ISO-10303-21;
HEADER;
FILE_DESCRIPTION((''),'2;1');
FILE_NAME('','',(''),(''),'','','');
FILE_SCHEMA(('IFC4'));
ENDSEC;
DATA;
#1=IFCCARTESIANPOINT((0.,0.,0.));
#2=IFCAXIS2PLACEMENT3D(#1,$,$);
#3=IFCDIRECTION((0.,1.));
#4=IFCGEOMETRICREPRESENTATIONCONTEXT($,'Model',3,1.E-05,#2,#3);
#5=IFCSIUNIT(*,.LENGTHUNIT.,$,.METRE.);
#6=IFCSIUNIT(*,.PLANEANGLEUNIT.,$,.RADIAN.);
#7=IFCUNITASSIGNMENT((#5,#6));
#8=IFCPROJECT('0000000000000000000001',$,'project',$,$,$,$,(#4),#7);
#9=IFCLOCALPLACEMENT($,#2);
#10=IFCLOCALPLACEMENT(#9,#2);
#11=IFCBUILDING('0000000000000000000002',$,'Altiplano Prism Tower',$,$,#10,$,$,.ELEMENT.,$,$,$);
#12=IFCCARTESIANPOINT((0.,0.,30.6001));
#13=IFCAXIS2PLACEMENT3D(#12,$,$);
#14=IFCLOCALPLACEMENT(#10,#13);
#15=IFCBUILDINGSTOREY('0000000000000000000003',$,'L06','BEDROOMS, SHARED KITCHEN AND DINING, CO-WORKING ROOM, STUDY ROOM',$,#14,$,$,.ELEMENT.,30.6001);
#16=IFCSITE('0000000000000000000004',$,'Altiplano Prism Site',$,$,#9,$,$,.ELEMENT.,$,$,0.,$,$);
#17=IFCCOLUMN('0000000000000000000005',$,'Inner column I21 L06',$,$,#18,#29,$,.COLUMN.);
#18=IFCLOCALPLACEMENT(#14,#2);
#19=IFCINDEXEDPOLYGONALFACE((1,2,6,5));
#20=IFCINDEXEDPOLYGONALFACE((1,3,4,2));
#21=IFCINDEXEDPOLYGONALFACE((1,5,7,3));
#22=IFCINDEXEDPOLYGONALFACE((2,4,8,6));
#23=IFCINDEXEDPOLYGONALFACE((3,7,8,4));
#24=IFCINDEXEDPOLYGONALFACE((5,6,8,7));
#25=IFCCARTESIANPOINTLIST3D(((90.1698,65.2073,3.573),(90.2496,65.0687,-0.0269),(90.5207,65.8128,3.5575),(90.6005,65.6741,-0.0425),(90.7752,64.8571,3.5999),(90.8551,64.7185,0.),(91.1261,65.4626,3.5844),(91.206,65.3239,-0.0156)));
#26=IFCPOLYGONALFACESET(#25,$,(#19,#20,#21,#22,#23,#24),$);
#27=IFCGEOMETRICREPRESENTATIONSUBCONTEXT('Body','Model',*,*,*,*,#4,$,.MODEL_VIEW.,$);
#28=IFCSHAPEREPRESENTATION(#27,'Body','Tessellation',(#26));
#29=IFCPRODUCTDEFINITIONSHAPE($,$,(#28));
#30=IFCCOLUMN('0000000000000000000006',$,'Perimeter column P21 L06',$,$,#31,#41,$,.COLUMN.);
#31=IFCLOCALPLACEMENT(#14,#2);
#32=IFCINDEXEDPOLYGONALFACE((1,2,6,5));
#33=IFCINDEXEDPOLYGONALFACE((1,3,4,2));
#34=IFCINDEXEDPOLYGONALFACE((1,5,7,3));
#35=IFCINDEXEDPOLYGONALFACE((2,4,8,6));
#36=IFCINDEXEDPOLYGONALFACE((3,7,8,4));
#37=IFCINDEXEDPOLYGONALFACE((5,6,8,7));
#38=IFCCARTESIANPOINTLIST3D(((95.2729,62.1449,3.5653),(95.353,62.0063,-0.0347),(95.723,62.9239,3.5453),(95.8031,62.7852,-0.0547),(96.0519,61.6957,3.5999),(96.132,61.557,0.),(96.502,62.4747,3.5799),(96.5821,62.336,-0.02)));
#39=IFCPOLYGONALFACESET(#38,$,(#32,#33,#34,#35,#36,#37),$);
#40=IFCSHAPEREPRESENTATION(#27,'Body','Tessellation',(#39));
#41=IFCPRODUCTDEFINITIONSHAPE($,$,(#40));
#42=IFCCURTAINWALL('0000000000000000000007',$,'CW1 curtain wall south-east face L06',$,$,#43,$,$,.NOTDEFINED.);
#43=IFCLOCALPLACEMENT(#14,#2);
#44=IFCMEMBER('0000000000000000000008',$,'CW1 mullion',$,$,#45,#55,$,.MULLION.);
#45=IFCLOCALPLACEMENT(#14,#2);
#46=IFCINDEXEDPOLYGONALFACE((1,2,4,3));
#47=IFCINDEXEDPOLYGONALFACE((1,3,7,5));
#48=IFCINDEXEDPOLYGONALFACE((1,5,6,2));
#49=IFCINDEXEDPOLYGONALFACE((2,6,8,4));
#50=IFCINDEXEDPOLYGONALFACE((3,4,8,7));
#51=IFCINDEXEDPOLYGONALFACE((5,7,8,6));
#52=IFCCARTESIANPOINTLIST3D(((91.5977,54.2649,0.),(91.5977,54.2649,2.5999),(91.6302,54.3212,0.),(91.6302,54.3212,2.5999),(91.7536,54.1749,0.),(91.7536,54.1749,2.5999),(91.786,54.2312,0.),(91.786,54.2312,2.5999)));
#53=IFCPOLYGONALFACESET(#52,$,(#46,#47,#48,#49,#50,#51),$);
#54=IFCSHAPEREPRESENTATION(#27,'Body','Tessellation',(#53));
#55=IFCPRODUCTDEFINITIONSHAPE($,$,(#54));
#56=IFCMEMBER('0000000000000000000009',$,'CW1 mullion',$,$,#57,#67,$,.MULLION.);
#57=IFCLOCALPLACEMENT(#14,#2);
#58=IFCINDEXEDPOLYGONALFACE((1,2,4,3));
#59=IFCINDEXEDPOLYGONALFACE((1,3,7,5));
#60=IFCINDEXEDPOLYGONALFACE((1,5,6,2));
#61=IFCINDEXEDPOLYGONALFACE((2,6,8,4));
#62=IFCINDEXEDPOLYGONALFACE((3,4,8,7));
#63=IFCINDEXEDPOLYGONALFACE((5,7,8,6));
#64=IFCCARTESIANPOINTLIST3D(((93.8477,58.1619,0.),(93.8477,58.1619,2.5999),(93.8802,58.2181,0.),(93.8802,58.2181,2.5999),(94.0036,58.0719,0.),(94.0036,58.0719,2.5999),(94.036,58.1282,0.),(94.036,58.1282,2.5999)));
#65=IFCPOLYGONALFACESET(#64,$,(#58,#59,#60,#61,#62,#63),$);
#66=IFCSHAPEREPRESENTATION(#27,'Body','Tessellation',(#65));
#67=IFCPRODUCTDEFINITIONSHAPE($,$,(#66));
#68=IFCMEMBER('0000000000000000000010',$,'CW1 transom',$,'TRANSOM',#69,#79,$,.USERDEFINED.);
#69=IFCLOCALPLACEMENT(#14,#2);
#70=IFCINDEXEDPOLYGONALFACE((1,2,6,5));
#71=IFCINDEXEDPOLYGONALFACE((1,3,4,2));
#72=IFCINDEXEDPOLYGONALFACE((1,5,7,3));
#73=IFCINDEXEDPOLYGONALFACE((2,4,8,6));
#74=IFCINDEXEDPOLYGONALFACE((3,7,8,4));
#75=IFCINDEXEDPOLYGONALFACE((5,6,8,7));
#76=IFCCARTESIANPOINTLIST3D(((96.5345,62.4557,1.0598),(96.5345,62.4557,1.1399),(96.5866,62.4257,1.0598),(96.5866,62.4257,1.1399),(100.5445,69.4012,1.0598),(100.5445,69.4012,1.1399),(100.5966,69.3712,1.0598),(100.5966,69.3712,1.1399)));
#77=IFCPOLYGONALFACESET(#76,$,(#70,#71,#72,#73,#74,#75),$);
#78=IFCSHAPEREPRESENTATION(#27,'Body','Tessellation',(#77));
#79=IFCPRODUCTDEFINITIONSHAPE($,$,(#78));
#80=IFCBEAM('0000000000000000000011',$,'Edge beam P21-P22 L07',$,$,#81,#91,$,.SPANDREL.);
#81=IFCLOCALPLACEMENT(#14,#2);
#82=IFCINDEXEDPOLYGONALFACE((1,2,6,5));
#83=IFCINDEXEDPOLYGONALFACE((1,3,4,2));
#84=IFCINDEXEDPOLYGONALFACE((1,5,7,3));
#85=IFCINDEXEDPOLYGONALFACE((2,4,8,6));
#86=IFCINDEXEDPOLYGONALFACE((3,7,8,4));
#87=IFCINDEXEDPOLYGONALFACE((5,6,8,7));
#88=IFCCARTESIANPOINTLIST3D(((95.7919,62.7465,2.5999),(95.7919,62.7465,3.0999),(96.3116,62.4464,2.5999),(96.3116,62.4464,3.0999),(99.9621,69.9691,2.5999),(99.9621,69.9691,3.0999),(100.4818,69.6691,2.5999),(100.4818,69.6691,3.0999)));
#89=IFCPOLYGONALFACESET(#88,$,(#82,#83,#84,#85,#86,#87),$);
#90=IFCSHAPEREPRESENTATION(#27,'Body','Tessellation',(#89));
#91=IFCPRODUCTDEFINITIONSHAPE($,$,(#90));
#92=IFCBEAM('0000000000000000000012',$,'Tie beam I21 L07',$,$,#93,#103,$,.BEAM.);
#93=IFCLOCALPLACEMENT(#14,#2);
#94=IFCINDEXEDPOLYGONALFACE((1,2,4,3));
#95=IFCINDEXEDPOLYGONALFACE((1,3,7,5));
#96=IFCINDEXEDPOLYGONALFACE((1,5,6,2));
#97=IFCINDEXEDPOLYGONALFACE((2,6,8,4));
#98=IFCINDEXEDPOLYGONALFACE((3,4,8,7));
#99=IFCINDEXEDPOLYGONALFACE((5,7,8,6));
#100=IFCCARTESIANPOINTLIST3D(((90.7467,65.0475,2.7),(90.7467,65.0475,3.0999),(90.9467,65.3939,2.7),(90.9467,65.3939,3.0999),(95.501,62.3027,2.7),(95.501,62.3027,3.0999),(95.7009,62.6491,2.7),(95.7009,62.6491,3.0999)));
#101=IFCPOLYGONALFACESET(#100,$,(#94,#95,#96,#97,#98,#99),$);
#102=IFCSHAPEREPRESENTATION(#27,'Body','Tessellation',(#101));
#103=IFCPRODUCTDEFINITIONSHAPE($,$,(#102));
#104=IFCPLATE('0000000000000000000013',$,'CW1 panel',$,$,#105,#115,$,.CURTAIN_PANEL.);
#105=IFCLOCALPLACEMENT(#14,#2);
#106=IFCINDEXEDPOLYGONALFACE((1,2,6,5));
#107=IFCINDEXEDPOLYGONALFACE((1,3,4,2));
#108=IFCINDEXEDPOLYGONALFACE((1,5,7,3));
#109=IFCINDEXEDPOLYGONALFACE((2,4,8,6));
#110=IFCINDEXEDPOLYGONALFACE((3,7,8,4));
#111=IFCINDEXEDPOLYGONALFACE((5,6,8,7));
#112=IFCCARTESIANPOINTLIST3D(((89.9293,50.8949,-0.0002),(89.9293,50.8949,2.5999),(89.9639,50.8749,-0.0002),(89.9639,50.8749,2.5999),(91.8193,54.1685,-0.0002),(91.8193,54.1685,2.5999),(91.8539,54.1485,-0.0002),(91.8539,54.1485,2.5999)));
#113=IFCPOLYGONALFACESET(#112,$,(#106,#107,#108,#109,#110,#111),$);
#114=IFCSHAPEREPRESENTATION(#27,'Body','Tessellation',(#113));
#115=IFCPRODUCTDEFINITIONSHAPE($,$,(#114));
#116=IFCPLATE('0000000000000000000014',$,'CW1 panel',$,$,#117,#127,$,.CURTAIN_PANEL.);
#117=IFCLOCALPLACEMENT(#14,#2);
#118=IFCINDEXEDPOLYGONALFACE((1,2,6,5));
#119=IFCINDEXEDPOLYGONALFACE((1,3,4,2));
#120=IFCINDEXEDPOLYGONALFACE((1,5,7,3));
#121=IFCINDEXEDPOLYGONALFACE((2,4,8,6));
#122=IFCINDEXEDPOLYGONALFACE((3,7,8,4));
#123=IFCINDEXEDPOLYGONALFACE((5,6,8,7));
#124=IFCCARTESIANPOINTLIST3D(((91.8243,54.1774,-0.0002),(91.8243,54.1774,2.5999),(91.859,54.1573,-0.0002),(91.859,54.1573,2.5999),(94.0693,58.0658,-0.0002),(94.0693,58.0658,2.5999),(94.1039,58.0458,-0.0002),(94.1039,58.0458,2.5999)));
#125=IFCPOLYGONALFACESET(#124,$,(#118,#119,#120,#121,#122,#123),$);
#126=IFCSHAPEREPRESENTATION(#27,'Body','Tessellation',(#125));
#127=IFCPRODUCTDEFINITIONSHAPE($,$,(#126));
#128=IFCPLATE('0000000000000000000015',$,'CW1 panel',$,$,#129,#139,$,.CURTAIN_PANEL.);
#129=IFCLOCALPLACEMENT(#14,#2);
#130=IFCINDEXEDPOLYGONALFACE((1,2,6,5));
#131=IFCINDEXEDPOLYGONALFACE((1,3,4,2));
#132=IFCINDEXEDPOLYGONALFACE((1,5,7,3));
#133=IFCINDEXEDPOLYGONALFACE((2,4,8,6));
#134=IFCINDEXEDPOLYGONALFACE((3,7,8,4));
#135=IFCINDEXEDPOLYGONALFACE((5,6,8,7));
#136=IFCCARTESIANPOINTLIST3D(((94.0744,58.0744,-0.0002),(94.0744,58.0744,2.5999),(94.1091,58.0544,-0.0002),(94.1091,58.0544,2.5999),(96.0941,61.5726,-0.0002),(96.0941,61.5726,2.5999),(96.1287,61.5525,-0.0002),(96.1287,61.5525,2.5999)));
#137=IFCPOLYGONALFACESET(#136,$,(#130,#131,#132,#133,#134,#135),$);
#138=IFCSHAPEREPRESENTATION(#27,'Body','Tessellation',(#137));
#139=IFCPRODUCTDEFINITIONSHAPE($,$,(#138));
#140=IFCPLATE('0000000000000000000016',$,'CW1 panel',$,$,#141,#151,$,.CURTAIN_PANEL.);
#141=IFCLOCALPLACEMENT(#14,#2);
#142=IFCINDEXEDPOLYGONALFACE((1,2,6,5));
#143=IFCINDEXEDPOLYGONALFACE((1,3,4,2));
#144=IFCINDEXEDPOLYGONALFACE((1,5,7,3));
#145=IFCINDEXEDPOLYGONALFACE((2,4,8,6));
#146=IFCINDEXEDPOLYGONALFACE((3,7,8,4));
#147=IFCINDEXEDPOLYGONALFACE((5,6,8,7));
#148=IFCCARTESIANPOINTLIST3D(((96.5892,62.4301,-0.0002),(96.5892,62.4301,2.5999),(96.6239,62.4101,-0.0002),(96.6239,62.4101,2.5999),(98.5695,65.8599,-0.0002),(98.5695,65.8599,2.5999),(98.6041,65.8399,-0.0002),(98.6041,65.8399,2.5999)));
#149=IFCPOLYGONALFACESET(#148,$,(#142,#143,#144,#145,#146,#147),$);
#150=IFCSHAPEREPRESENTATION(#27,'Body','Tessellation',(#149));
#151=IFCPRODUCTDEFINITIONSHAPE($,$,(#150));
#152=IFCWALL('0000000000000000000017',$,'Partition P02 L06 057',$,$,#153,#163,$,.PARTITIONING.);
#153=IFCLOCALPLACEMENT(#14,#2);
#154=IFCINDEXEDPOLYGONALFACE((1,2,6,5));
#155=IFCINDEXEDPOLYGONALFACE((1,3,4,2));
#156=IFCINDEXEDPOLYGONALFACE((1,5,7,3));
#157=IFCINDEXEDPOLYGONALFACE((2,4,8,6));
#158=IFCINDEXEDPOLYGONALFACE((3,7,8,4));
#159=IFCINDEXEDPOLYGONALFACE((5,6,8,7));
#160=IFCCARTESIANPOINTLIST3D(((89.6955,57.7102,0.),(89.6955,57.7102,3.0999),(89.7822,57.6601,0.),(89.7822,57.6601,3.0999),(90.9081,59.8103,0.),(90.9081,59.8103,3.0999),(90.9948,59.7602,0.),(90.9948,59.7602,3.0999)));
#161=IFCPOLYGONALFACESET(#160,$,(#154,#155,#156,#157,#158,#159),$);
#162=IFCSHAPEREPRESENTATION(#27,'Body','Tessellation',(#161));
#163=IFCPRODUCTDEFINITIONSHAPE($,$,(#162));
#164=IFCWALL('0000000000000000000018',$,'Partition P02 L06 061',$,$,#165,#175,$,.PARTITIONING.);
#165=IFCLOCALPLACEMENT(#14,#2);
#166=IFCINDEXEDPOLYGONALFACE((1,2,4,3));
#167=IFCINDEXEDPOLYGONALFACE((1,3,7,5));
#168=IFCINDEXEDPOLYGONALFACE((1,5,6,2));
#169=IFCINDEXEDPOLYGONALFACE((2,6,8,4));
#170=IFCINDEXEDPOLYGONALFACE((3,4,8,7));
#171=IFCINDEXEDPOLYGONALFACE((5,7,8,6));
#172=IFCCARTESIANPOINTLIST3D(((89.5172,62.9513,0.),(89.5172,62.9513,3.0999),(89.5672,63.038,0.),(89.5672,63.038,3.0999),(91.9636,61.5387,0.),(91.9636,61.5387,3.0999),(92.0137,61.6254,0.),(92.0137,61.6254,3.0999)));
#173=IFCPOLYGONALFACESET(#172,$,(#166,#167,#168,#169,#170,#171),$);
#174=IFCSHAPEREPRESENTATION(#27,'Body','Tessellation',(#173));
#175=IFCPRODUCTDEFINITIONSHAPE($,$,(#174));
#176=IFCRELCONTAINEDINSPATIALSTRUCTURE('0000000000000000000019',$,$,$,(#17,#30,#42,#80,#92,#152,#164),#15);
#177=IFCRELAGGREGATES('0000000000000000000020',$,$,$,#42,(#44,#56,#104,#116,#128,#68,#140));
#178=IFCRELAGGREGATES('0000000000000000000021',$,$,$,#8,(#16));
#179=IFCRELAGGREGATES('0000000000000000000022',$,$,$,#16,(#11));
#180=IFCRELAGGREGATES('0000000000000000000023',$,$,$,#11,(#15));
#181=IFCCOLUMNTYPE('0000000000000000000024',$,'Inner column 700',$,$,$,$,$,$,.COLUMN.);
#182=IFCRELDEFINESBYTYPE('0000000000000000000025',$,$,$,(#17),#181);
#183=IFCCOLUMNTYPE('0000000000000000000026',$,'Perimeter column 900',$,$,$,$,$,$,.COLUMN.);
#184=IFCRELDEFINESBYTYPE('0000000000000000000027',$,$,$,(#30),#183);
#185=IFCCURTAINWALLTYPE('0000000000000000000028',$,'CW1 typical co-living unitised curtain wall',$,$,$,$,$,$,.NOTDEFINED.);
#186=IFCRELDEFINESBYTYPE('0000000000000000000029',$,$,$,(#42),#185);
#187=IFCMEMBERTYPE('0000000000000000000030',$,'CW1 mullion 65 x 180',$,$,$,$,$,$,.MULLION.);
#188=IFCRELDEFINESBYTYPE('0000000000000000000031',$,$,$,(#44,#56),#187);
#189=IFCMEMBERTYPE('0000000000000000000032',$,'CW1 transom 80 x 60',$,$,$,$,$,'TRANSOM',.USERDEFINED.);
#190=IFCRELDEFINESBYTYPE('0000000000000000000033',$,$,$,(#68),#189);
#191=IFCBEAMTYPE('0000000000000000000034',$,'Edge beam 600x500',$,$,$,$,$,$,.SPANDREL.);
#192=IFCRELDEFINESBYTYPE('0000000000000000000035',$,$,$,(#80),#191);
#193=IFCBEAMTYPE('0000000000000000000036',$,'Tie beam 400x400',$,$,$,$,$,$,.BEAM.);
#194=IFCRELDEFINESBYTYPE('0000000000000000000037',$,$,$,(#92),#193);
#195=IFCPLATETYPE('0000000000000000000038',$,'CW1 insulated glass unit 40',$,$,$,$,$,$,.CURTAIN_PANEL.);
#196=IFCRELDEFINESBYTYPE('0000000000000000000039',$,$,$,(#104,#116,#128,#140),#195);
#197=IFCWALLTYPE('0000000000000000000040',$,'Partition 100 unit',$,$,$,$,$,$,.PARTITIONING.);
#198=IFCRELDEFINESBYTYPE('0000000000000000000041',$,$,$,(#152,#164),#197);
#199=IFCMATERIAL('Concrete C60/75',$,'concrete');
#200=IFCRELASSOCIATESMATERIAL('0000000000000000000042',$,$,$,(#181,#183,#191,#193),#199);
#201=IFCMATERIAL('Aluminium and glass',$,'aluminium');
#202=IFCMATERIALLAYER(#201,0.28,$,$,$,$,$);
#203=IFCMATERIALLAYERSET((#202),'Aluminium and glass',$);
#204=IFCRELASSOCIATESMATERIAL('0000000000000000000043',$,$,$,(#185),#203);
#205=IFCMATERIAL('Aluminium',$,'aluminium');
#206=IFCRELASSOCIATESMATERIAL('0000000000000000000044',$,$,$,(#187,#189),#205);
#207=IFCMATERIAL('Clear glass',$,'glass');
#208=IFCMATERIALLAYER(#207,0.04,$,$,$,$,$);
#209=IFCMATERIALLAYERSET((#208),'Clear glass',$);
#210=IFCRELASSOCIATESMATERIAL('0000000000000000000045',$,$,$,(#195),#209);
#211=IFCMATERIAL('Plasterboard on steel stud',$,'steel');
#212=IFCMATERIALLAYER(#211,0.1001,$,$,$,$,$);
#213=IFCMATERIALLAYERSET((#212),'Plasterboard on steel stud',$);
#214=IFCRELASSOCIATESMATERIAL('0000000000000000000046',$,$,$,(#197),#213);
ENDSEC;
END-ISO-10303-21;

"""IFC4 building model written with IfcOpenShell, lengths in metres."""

from ifc_helpers import new_model, si_unit, direction, frame, frame_2d, origin, origin_2d, place, context, subcontext, project, spatial, rectangle, extrude, material, layer, layer_set, material_profile, profile_set, type_object, element, aggregate, save


model = new_model("IFC4")

# Units and contexts
model_context = context("Model", 3, precision=1e-05, world=origin(), true_north=direction((0.0, 1.0)))
body_context = subcontext(model_context, "Body", "Model", "MODEL_VIEW")
ifc_project = project(units=[si_unit("LENGTHUNIT", "METRE"), si_unit("PLANEANGLEUNIT", "RADIAN")], contexts=[model_context])

# Site, building, storey
site_placement = place(None, origin())
site = spatial("IfcSite", under=ifc_project, at=site_placement, Name="Altiplano Prism Site", CompositionType="ELEMENT", RefElevation=0.0)
building_placement = place(site_placement, origin())
building = spatial("IfcBuilding", under=site, at=building_placement, Name="Altiplano Prism Tower", CompositionType="ELEMENT")
storey_placement = place(building_placement, frame((0.0, 0.0, 30.6001)))
storey = spatial("IfcBuildingStorey", under=building, at=storey_placement, Name="L06", Description="BEDROOMS, SHARED KITCHEN AND DINING, CO-WORKING ROOM, STUDY ROOM", CompositionType="ELEMENT", Elevation=30.6001)

# Columns
ifc_material_1 = material(Name="Concrete C60/75", Category="concrete")
ifc_material_profile_1 = material_profile(ifc_material_1, rectangle(XDim=0.7, YDim=0.7, at=origin_2d()), Name="Inner column 700")
ifc_profile_set_1 = profile_set([ifc_material_profile_1], Name="Concrete C60/75")
column_type_1 = type_object("IfcColumnType", Name="Inner column 700", PredefinedType="COLUMN", material=ifc_profile_set_1)
column_1_placement = place(storey_placement, frame((90.7278, 65.1963, -0.0212), z_axis=(-0.022155, 0.038484, 0.999014), x_axis=(-0.501318, -0.864978, 0.022203)))
element("IfcColumn", 1, at=column_1_placement, inside=storey, type_object=column_type_1, Name="Inner column I21 L06", PredefinedType="COLUMN", context=body_context, shape_type="SweptSolid", body=[
    extrude(rectangle(XDim=0.7, YDim=0.7, at=origin_2d()), origin(), (0.0, 0.0, 1.0), 3.6035),
])
ifc_material_profile_2 = material_profile(ifc_material_1, rectangle(XDim=0.8999, YDim=0.8999, at=origin_2d()), Name="Perimeter column 900")
ifc_profile_set_2 = profile_set([ifc_material_profile_2], Name="Concrete C60/75")
column_type_2 = type_object("IfcColumnType", Name="Perimeter column 900", PredefinedType="COLUMN", material=ifc_profile_set_2)
column_2_placement = place(storey_placement, frame((95.9675, 62.1711, -0.0273), z_axis=(-0.022223, 0.038483, 0.999012), x_axis=(-0.500175, -0.865639, 0.022219)))
element("IfcColumn", 2, at=column_2_placement, inside=storey, type_object=column_type_2, Name="Perimeter column P21 L06", PredefinedType="COLUMN", context=body_context, shape_type="SweptSolid", body=[
    extrude(rectangle(XDim=0.8999, YDim=0.8999, at=origin_2d()), origin(), (0.0, 0.0, 1.0), 3.6035),
])

# Curtain wall, members
ifc_material_2 = material(Name="Aluminium and glass", Category="aluminium")
ifc_layer_1 = layer(ifc_material_2, 0.28)
ifc_layer_set_1 = layer_set([ifc_layer_1], Name="Aluminium and glass")
curtain_wall_type = type_object("IfcCurtainWallType", Name="CW1 typical co-living unitised curtain wall", PredefinedType="NOTDEFINED", material=ifc_layer_set_1)
curtain_wall_placement = place(storey_placement, origin())
curtain_wall = element("IfcCurtainWall", 3, at=curtain_wall_placement, inside=storey, type_object=curtain_wall_type, Name="CW1 curtain wall south-east face L06", PredefinedType="NOTDEFINED")
ifc_material_3 = material(Name="Aluminium", Category="aluminium")
ifc_material_profile_3 = material_profile(ifc_material_3, rectangle(XDim=0.1799, YDim=0.0649, at=origin_2d()), Name="CW1 mullion 65 x 180")
ifc_profile_set_3 = profile_set([ifc_material_profile_3], Name="Aluminium")
member_type_1 = type_object("IfcMemberType", Name="CW1 mullion 65 x 180", PredefinedType="MULLION", material=ifc_profile_set_3)
member_1_placement = place(storey_placement, frame((91.6919, 54.248, 0.0), z_axis=(0.0, 0.0, 1.0), x_axis=(-0.866025, 0.5, 0.0)))
member_1 = element("IfcMember", 4, at=member_1_placement, type_object=member_type_1, Name="CW1 mullion", PredefinedType="MULLION", context=body_context, shape_type="SweptSolid", body=[
    extrude(rectangle(XDim=0.1799, YDim=0.0649, at=origin_2d()), origin(), (0.0, 0.0, 1.0), 2.5999),
])
member_2_placement = place(storey_placement, frame((93.9419, 58.145, 0.0), z_axis=(0.0, 0.0, 1.0), x_axis=(-0.866025, 0.5, 0.0)))
member_2 = element("IfcMember", 5, at=member_2_placement, type_object=member_type_1, Name="CW1 mullion", PredefinedType="MULLION", context=body_context, shape_type="SweptSolid", body=[
    extrude(rectangle(XDim=0.1799, YDim=0.0649, at=origin_2d()), origin(), (0.0, 0.0, 1.0), 2.5999),
])
ifc_material_profile_4 = material_profile(ifc_material_3, rectangle(XDim=0.0601, YDim=0.0801, at=origin_2d()), Name="CW1 transom 80 x 60")
ifc_profile_set_4 = profile_set([ifc_material_profile_4], Name="Aluminium")
member_type_2 = type_object("IfcMemberType", Name="CW1 transom 80 x 60", ElementType="TRANSOM", PredefinedType="USERDEFINED", material=ifc_profile_set_4)
member_3_placement = place(storey_placement, frame((96.5605, 62.4407, 1.0999), z_axis=(0.499999, 0.866026, 0.0), x_axis=(-0.866026, 0.499999, 0.0)))
member_3 = element("IfcMember", 6, at=member_3_placement, type_object=member_type_2, Name="CW1 transom", ObjectType="TRANSOM", PredefinedType="USERDEFINED", context=body_context, shape_type="SweptSolid", body=[
    extrude(rectangle(XDim=0.0601, YDim=0.0801, at=origin_2d()), origin(), (0.0, 0.0, 1.0), 8.02),
])

# Beams
ifc_material_profile_5 = material_profile(ifc_material_1, rectangle(XDim=0.6001, YDim=0.5, at=origin_2d()), Name="Edge beam 600x500")
ifc_profile_set_5 = profile_set([ifc_material_profile_5], Name="Concrete C60/75")
beam_type_1 = type_object("IfcBeamType", Name="Edge beam 600x500", PredefinedType="SPANDREL", material=ifc_profile_set_5)
beam_1_placement = place(storey_placement, frame((96.0518, 62.5964, 2.8499), z_axis=(0.500015, 0.866017, 0.0), x_axis=(-0.866017, 0.500015, 0.0)))
element("IfcBeam", 7, at=beam_1_placement, inside=storey, type_object=beam_type_1, Name="Edge beam P21-P22 L07", PredefinedType="SPANDREL", context=body_context, shape_type="SweptSolid", body=[
    extrude(rectangle(XDim=0.6001, YDim=0.5, at=origin_2d()), origin(), (0.0, 0.0, 1.0), 8.3401),
])
ifc_material_profile_6 = material_profile(ifc_material_1, rectangle(XDim=0.3999, YDim=0.3999, at=origin_2d()), Name="Tie beam 400x400")
ifc_profile_set_6 = profile_set([ifc_material_profile_6], Name="Concrete C60/75")
beam_type_2 = type_object("IfcBeamType", Name="Tie beam 400x400", PredefinedType="BEAM", material=ifc_profile_set_6)
beam_2_placement = place(storey_placement, frame((90.8467, 65.2207, 2.8999), z_axis=(0.866032, -0.499989, 0.0), x_axis=(0.499989, 0.866032, 0.0)))
element("IfcBeam", 8, at=beam_2_placement, inside=storey, type_object=beam_type_2, Name="Tie beam I21 L07", PredefinedType="BEAM", context=body_context, shape_type="SweptSolid", body=[
    extrude(rectangle(XDim=0.3999, YDim=0.3999, at=origin_2d()), origin(), (0.0, 0.0, 1.0), 5.4897),
])

# Plates
ifc_material_4 = material(Name="Clear glass", Category="glass")
ifc_layer_2 = layer(ifc_material_4, 0.04)
ifc_layer_set_2 = layer_set([ifc_layer_2], Name="Clear glass")
plate_type = type_object("IfcPlateType", Name="CW1 insulated glass unit 40", PredefinedType="CURTAIN_PANEL", material=ifc_layer_set_2)
plate_1_placement = place(storey_placement, frame((90.8916, 52.5217, -0.0002), z_axis=(0.0, 0.0, 1.0), x_axis=(0.5, 0.866025, 0.0)))
plate_1 = element("IfcPlate", 9, at=plate_1_placement, type_object=plate_type, Name="CW1 panel", PredefinedType="CURTAIN_PANEL", context=body_context, shape_type="SweptSolid", body=[
    extrude(rectangle(XDim=3.78, YDim=0.04, at=origin_2d()), origin(), (0.0, 0.0, 1.0), 2.6001),
])
plate_2_placement = place(storey_placement, frame((92.9641, 56.1116, -0.0002), z_axis=(0.0, 0.0, 1.0), x_axis=(0.5, 0.866025, 0.0)))
plate_2 = element("IfcPlate", 10, at=plate_2_placement, type_object=plate_type, Name="CW1 panel", PredefinedType="CURTAIN_PANEL", context=body_context, shape_type="SweptSolid", body=[
    extrude(rectangle(XDim=4.49, YDim=0.04, at=origin_2d()), origin(), (0.0, 0.0, 1.0), 2.6001),
])
plate_3_placement = place(storey_placement, frame((95.1016, 59.8135, -0.0002), z_axis=(0.0, 0.0, 1.0), x_axis=(0.5, 0.866025, 0.0)))
plate_3 = element("IfcPlate", 11, at=plate_3_placement, type_object=plate_type, Name="CW1 panel", PredefinedType="CURTAIN_PANEL", context=body_context, shape_type="SweptSolid", body=[
    extrude(rectangle(XDim=4.0393, YDim=0.04, at=origin_2d()), origin(), (0.0, 0.0, 1.0), 2.6001),
])
plate_4_placement = place(storey_placement, frame((97.5967, 64.135, -0.0002), z_axis=(0.0, 0.0, 1.0), x_axis=(0.5, 0.866025, 0.0)))
plate_4 = element("IfcPlate", 12, at=plate_4_placement, type_object=plate_type, Name="CW1 panel", PredefinedType="CURTAIN_PANEL", context=body_context, shape_type="SweptSolid", body=[
    extrude(rectangle(XDim=3.9604, YDim=0.04, at=origin_2d()), origin(), (0.0, 0.0, 1.0), 2.6001),
])
aggregate(curtain_wall, [member_1, member_2, plate_1, plate_2, plate_3, member_3, plate_4])

# Walls
ifc_material_5 = material(Name="Plasterboard on steel stud", Category="steel")
ifc_layer_3 = layer(ifc_material_5, 0.1001)
ifc_layer_set_3 = layer_set([ifc_layer_3], Name="Plasterboard on steel stud")
wall_type_1 = type_object("IfcWallType", Name="Partition 100 unit", PredefinedType="PARTITIONING", material=ifc_layer_set_3)
wall_1_placement = place(storey_placement, frame((90.9514, 59.7852, 0.0), z_axis=(0.0, 0.0, 1.0), x_axis=(-0.500048, -0.865998, 0.0)))
element("IfcWall", 13, at=wall_1_placement, inside=storey, type_object=wall_type_1, Name="Partition P02 L06 057", PredefinedType="PARTITIONING", context=body_context, shape_type="SweptSolid", body=[
    extrude(rectangle(XDim=2.425, YDim=0.1001, at=frame_2d((1.2124, 0.0))), origin(), (0.0, 0.0, 1.0), 3.0999),
])
wall_2_placement = place(storey_placement, frame((91.9888, 61.582, 0.0), z_axis=(0.0, 0.0, 1.0), x_axis=(-0.866011, 0.500024, 0.0)))
element("IfcWall", 14, at=wall_2_placement, inside=storey, type_object=wall_type_1, Name="Partition P02 L06 061", PredefinedType="PARTITIONING", context=body_context, shape_type="SweptSolid", body=[
    extrude(rectangle(XDim=2.825, YDim=0.1001, at=frame_2d((1.4126, 0.0))), origin(), (0.0, 0.0, 1.0), 3.0999),
])

save(model, "model.ifc")
